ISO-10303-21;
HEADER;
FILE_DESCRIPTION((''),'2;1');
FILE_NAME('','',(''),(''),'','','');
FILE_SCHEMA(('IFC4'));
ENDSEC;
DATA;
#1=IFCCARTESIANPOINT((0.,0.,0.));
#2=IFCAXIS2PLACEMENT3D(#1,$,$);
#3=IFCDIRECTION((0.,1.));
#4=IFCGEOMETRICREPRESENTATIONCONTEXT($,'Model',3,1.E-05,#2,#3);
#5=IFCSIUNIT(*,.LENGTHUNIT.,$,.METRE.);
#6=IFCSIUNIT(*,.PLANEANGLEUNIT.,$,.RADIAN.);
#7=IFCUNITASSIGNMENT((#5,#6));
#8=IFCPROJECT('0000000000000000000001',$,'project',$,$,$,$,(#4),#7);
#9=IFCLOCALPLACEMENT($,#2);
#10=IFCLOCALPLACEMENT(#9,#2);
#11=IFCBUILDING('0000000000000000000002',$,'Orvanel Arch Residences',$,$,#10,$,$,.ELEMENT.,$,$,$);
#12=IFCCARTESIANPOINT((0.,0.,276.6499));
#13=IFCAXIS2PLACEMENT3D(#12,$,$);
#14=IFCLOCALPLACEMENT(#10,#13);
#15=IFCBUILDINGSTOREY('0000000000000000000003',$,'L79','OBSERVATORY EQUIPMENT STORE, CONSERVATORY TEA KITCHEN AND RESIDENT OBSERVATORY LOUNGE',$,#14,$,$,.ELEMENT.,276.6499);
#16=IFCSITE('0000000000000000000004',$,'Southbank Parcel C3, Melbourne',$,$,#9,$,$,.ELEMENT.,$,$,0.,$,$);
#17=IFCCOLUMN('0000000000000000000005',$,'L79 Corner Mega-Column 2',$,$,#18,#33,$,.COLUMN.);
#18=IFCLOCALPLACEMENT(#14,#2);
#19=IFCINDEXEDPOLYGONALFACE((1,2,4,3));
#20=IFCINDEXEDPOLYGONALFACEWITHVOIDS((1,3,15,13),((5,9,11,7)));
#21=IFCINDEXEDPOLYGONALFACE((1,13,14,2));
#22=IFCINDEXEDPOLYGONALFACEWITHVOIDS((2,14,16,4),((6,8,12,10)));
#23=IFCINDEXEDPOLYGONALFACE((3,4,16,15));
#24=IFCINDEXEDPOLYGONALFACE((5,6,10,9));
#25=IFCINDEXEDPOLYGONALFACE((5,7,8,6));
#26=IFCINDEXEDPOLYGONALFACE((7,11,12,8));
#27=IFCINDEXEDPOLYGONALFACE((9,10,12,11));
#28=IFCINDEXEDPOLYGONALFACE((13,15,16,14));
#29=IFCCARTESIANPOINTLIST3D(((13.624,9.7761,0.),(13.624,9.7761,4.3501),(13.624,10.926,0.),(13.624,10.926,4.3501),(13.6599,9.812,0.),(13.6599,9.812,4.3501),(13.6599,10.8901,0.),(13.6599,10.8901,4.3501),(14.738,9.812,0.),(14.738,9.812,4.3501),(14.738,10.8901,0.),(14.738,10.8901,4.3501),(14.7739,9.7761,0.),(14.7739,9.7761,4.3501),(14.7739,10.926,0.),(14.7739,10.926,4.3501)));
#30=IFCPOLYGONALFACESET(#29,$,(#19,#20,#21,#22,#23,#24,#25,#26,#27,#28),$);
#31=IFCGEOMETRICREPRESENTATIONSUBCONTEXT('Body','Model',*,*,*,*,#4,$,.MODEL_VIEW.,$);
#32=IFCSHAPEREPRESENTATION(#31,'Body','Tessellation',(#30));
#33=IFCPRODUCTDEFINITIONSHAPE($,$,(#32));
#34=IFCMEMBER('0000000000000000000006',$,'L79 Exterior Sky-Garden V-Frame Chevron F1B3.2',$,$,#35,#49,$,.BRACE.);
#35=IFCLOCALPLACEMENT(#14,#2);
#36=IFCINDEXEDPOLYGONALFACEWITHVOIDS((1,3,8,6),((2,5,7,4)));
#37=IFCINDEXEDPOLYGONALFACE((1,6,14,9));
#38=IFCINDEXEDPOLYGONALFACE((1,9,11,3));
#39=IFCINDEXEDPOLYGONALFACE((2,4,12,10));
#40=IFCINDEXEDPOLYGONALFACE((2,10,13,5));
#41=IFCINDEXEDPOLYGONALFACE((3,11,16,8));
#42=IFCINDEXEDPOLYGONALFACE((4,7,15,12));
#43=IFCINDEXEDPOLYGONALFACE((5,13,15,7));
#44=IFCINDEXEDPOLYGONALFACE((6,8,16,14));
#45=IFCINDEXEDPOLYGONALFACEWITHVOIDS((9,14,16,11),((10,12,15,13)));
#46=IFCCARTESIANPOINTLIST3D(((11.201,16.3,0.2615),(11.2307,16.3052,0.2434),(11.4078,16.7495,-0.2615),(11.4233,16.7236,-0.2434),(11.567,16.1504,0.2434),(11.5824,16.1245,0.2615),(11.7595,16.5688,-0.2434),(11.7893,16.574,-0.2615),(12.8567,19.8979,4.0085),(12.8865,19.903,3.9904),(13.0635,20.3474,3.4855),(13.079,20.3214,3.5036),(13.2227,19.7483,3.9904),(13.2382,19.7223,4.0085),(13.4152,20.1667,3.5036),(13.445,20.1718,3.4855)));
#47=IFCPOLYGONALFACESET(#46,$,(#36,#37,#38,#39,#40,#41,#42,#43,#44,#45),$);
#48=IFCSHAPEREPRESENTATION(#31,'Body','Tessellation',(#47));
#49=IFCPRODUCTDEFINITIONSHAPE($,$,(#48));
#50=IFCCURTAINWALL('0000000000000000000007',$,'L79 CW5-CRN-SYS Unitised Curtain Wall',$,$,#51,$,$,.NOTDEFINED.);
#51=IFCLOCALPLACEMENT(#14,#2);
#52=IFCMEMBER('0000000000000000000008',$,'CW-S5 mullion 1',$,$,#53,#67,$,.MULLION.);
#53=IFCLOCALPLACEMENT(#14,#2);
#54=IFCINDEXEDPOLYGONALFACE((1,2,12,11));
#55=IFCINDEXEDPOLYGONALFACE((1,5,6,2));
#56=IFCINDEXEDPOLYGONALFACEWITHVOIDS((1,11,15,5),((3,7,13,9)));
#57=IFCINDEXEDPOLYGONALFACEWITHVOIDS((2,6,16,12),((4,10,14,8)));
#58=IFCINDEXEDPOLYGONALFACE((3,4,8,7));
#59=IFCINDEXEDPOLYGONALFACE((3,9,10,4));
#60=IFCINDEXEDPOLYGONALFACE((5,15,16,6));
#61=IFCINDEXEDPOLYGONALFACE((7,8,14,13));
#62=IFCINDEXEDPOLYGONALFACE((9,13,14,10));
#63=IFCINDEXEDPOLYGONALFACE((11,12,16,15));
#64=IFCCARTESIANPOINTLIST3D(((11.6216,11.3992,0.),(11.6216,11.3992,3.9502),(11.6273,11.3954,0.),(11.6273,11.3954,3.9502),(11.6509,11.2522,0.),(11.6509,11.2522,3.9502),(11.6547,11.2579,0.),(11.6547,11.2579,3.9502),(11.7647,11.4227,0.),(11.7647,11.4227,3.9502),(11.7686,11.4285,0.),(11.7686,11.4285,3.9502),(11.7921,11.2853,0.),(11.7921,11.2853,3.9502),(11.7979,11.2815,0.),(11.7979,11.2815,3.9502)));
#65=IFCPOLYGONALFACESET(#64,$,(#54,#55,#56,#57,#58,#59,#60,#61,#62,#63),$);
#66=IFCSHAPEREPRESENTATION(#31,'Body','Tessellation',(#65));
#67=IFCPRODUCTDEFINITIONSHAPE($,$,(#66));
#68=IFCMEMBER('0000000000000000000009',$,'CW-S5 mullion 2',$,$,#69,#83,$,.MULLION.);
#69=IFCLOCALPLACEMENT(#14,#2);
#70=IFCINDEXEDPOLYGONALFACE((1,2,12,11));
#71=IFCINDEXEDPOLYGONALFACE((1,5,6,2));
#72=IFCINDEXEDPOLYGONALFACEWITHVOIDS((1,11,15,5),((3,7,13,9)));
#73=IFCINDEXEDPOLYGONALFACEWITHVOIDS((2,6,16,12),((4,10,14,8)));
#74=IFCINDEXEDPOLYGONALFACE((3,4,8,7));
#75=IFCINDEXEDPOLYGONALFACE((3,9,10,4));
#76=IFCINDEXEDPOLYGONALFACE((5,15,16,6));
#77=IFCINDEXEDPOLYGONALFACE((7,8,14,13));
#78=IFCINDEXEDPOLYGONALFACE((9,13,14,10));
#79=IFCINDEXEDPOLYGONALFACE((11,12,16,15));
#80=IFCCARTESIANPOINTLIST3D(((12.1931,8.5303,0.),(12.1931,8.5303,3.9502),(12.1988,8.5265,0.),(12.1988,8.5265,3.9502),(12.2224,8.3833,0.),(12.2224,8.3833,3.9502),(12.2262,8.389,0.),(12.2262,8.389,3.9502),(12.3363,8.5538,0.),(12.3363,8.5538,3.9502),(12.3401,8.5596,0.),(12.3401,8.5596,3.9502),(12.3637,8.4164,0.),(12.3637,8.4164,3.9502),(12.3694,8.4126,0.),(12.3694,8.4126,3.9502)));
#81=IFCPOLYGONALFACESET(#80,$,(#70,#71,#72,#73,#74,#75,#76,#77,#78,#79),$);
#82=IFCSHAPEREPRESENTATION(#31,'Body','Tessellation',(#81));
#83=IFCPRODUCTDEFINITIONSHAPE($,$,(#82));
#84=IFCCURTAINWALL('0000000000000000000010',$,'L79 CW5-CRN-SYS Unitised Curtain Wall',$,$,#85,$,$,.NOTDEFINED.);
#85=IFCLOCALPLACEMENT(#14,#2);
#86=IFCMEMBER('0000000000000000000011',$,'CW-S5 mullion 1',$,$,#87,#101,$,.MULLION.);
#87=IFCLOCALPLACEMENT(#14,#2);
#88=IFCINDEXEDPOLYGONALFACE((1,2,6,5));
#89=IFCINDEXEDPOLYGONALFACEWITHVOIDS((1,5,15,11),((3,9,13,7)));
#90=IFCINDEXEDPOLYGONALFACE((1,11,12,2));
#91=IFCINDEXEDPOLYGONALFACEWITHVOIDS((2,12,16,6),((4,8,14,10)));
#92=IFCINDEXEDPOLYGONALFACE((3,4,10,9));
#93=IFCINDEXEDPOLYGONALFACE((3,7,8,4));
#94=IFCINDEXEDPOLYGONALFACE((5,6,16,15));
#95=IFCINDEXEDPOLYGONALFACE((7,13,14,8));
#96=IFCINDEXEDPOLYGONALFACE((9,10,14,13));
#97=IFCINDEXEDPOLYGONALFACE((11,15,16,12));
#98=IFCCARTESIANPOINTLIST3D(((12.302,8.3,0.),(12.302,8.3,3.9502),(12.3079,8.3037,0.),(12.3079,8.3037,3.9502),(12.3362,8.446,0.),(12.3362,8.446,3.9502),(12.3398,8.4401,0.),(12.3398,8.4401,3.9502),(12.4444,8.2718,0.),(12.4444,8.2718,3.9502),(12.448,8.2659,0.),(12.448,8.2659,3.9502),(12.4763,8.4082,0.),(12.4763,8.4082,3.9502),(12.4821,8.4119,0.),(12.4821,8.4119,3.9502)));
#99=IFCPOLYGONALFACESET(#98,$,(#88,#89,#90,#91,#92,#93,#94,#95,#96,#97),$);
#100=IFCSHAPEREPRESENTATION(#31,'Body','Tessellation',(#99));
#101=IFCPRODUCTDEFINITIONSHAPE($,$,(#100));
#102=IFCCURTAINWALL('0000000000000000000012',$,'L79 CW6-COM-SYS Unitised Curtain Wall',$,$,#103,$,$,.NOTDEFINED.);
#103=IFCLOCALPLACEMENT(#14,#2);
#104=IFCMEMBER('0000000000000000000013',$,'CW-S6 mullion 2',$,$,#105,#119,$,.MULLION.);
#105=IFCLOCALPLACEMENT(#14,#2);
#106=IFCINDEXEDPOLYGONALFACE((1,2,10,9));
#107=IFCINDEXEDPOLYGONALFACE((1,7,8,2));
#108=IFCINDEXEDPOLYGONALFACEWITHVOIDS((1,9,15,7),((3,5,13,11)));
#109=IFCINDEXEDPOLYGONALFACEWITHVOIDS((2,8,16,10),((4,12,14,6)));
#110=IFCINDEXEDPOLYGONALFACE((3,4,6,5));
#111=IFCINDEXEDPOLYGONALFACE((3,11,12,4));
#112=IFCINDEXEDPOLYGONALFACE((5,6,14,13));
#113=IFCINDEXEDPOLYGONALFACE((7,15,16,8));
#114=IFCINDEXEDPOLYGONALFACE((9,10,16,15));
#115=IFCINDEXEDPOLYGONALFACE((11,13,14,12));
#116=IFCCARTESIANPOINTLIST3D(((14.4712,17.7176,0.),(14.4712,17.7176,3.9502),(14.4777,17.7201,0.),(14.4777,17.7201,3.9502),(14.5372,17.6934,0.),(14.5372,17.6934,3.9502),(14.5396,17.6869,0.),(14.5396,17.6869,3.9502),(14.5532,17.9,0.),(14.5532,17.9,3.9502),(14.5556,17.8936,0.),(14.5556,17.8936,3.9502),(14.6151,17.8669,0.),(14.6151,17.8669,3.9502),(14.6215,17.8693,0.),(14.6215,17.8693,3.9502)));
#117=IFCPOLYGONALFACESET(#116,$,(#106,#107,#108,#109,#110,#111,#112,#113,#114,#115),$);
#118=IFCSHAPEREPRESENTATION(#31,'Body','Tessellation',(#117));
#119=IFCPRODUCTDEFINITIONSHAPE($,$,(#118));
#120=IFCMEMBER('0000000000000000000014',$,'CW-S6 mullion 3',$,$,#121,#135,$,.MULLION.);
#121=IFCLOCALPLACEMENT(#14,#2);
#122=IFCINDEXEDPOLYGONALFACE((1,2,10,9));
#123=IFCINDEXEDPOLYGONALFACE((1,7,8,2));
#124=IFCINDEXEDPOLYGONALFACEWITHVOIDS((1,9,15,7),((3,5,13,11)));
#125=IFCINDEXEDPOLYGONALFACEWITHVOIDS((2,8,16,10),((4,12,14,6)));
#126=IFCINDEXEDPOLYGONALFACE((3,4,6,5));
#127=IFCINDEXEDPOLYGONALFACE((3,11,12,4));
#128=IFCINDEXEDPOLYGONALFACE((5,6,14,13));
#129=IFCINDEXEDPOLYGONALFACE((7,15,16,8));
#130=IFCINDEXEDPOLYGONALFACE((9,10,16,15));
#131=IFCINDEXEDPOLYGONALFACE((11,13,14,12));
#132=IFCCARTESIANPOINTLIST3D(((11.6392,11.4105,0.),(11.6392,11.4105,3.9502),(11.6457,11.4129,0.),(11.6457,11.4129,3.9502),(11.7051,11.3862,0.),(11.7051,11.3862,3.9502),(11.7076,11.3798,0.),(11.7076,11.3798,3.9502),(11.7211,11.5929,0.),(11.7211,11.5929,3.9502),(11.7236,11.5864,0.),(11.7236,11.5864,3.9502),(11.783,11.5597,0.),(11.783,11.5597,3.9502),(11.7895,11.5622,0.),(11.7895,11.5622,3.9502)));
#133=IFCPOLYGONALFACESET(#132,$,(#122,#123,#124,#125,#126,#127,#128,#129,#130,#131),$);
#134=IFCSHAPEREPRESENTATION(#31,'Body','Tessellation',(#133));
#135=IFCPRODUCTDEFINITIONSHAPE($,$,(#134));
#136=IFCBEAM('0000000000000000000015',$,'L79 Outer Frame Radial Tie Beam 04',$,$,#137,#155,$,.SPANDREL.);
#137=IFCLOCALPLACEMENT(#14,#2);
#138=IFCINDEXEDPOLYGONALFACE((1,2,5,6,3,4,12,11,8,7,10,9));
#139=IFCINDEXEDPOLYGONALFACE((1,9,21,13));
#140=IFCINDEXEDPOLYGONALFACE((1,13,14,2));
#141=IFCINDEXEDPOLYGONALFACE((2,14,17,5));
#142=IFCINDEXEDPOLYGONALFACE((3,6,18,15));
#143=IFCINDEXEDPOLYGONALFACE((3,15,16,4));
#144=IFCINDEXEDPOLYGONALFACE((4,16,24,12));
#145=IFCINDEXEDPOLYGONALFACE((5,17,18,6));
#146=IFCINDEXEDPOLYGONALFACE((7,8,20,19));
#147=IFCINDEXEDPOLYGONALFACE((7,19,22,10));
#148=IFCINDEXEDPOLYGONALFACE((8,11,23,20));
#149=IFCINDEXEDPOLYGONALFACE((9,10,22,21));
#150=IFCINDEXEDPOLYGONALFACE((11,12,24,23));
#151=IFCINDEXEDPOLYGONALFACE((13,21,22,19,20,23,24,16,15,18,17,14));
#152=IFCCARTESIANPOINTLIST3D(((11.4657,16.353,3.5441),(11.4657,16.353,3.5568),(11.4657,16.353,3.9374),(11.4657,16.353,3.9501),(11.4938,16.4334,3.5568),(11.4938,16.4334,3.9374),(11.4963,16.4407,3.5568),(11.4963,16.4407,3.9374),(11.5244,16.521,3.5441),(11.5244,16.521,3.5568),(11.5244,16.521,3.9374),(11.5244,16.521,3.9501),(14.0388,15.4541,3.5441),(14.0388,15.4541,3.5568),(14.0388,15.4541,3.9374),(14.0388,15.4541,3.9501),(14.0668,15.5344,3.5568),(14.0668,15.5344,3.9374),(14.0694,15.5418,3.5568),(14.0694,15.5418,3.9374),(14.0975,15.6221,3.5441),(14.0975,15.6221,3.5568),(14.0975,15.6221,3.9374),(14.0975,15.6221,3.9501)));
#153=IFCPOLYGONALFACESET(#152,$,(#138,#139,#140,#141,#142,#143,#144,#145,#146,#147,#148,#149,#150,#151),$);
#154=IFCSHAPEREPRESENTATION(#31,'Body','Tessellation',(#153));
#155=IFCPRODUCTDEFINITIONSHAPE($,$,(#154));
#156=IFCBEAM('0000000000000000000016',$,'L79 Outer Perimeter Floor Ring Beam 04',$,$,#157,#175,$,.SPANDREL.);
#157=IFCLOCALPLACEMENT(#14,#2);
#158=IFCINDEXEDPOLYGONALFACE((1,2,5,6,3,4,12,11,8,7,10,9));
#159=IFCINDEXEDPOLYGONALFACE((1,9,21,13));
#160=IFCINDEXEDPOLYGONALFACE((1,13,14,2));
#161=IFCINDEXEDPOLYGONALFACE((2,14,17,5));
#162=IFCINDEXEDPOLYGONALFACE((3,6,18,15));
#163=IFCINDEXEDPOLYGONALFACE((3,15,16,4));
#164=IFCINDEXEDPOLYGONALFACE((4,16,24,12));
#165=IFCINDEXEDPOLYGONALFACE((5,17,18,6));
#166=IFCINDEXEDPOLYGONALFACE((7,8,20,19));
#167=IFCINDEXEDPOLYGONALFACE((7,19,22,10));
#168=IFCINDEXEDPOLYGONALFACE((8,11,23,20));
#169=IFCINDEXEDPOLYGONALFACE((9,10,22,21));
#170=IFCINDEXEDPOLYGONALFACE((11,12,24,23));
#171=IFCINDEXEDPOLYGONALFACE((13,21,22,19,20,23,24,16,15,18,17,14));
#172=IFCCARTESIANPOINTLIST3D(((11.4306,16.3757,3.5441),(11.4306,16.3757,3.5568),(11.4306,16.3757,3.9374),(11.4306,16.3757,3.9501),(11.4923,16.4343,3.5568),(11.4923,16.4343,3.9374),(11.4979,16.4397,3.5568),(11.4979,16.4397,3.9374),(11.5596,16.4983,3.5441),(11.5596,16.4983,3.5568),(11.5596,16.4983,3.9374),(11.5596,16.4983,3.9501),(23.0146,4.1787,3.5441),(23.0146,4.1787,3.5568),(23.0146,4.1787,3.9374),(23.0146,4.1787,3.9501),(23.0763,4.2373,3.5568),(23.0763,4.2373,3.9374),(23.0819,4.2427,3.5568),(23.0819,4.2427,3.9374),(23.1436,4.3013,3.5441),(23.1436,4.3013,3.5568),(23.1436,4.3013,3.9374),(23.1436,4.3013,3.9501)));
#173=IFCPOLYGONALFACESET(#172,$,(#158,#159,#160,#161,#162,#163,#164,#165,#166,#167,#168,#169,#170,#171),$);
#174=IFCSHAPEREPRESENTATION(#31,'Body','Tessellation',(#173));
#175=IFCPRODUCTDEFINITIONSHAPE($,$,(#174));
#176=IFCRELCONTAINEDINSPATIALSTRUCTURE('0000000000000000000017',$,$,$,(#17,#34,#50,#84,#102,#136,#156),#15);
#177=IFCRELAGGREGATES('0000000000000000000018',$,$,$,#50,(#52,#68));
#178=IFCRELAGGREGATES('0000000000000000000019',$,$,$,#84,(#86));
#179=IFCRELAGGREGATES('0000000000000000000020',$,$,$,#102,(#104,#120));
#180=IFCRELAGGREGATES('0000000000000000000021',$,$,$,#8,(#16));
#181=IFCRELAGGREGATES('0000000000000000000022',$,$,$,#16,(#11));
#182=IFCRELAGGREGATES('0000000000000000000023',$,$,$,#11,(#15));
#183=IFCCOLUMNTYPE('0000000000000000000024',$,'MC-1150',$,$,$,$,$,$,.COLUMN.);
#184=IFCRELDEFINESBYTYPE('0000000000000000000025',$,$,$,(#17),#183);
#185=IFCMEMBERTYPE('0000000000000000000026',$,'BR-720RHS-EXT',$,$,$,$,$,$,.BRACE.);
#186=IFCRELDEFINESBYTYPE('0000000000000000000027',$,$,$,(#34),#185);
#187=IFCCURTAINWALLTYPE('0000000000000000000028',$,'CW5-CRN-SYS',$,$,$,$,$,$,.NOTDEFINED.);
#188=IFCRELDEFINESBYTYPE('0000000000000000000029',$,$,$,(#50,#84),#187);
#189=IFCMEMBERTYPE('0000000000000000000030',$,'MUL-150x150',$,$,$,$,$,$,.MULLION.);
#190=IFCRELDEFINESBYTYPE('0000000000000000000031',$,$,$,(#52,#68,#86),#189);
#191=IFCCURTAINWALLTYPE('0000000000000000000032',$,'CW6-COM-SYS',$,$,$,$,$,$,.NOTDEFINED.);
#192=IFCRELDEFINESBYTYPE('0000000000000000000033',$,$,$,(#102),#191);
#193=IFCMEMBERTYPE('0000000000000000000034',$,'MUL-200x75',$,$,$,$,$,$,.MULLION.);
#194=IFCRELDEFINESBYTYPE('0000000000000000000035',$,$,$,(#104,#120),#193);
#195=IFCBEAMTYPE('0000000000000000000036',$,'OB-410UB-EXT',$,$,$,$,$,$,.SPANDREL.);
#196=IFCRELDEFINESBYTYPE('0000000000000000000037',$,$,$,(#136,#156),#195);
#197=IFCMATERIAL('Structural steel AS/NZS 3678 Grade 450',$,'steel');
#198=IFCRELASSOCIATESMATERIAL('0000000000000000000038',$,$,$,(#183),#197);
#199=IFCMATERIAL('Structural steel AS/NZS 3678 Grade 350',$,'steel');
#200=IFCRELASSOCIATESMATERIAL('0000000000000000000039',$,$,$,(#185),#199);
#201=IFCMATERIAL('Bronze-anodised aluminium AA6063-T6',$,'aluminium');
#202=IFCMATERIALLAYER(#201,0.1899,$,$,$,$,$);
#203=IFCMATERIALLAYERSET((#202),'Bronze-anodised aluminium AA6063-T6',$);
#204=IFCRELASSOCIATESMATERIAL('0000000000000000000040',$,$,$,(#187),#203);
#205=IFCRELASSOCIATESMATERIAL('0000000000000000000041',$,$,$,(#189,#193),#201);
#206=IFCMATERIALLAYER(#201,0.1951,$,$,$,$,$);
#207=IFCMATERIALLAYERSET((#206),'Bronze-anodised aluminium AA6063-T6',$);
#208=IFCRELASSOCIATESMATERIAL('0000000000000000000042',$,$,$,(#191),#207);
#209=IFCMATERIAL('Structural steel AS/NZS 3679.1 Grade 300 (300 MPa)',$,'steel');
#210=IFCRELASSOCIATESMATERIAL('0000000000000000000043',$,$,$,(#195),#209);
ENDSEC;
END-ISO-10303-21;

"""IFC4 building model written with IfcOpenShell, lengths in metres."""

from ifc_helpers import new_model, si_unit, direction, frame, origin, origin_2d, place, context, subcontext, project, spatial, hollow_rectangle, i_section, extrude, material, layer, layer_set, material_profile, profile_set, type_object, element, aggregate, save


model = new_model("IFC4")

# Units and contexts
model_context = context("Model", 3, precision=1e-05, world=origin(), true_north=direction((0.0, 1.0)))
body_context = subcontext(model_context, "Body", "Model", "MODEL_VIEW")
ifc_project = project(units=[si_unit("LENGTHUNIT", "METRE"), si_unit("PLANEANGLEUNIT", "RADIAN")], contexts=[model_context])

# Site, building, storey
site_placement = place(None, origin())
site = spatial("IfcSite", under=ifc_project, at=site_placement, Name="Southbank Parcel C3, Melbourne", CompositionType="ELEMENT", RefElevation=0.0)
building_placement = place(site_placement, origin())
building = spatial("IfcBuilding", under=site, at=building_placement, Name="Orvanel Arch Residences", CompositionType="ELEMENT")
storey_placement = place(building_placement, frame((0.0, 0.0, 276.6499)))
storey = spatial("IfcBuildingStorey", under=building, at=storey_placement, Name="L79", Description="OBSERVATORY EQUIPMENT STORE, CONSERVATORY TEA KITCHEN AND RESIDENT OBSERVATORY LOUNGE", CompositionType="ELEMENT", Elevation=276.6499)

# Column
ifc_material_1 = material(Name="Structural steel AS/NZS 3678 Grade 450", Category="steel")
ifc_material_profile_1 = material_profile(ifc_material_1, hollow_rectangle(XDim=1.1499, YDim=1.1499, WallThickness=0.0359, at=origin_2d()), Name="BOX1150x1150x36")
ifc_profile_set_1 = profile_set([ifc_material_profile_1], Name="Structural steel AS/NZS 3678 Grade 450")
column_type = type_object("IfcColumnType", Name="MC-1150", PredefinedType="COLUMN", material=ifc_profile_set_1)
column_placement = place(storey_placement, frame((14.199, 10.3511, 0.0), z_axis=(0.0, 0.0, 1.0), x_axis=(1.0, 0.0, 0.0)))
element("IfcColumn", 1, at=column_placement, inside=storey, type_object=column_type, Name="L79 Corner Mega-Column 2", PredefinedType="COLUMN", context=body_context, shape_type="SweptSolid", body=[
    extrude(hollow_rectangle(XDim=1.1499, YDim=1.1499, WallThickness=0.0359, at=origin_2d()), origin(), (0.0, 0.0, 1.0), 4.3501),
])

# Member
ifc_material_2 = material(Name="Structural steel AS/NZS 3678 Grade 350", Category="steel")
ifc_material_profile_2 = material_profile(ifc_material_2, hollow_rectangle(XDim=0.4199, YDim=0.72, WallThickness=0.0249, at=origin_2d()), Name="RHS720x420x25")
ifc_profile_set_2 = profile_set([ifc_material_profile_2], Name="Structural steel AS/NZS 3678 Grade 350")
member_type_1 = type_object("IfcMemberType", Name="BR-720RHS-EXT", PredefinedType="BRACE", material=ifc_profile_set_2)
member_1_placement = place(storey_placement, frame((11.4951, 16.437, 0.0), z_axis=(0.303684, 0.659893, 0.687253), x_axis=(-0.908421, 0.418057, 0.0)))
element("IfcMember", 2, at=member_1_placement, inside=storey, type_object=member_type_1, Name="L79 Exterior Sky-Garden V-Frame Chevron F1B3.2", PredefinedType="BRACE", context=body_context, shape_type="SweptSolid", body=[
    extrude(hollow_rectangle(XDim=0.4199, YDim=0.72, WallThickness=0.0249, at=origin_2d()), origin(), (0.0, 0.0, 1.0), 5.4521),
])

# Curtain wall, members
ifc_material_3 = material(Name="Bronze-anodised aluminium AA6063-T6", Category="aluminium")
ifc_layer_1 = layer(ifc_material_3, 0.1899)
ifc_layer_set_1 = layer_set([ifc_layer_1], Name="Bronze-anodised aluminium AA6063-T6")
curtain_wall_type_1 = type_object("IfcCurtainWallType", Name="CW5-CRN-SYS", PredefinedType="NOTDEFINED", material=ifc_layer_set_1)
curtain_wall_1_placement = place(storey_placement, origin())
curtain_wall_1 = element("IfcCurtainWall", 3, at=curtain_wall_1_placement, inside=storey, type_object=curtain_wall_type_1, Name="L79 CW5-CRN-SYS Unitised Curtain Wall", PredefinedType="NOTDEFINED")
ifc_material_profile_3 = material_profile(ifc_material_3, hollow_rectangle(XDim=0.1499, YDim=0.1499, WallThickness=0.0049, at=origin_2d()), Name="ALU150x150x5")
ifc_profile_set_3 = profile_set([ifc_material_profile_3], Name="Bronze-anodised aluminium AA6063-T6")
member_type_2 = type_object("IfcMemberType", Name="MUL-150x150", PredefinedType="MULLION", material=ifc_profile_set_3)
member_2_placement = place(storey_placement, frame((11.7097, 11.3403, 0.0), z_axis=(0.0, 0.0, 1.0), x_axis=(0.980718, 0.195428, 0.0)))
member_2 = element("IfcMember", 4, at=member_2_placement, type_object=member_type_2, Name="CW-S5 mullion 1", PredefinedType="MULLION", context=body_context, shape_type="SweptSolid", body=[
    extrude(hollow_rectangle(XDim=0.1499, YDim=0.1499, WallThickness=0.0049, at=origin_2d()), origin(), (0.0, 0.0, 1.0), 3.9502),
])
member_3_placement = place(storey_placement, frame((12.2812, 8.4714, 0.0), z_axis=(0.0, 0.0, 1.0), x_axis=(0.980718, 0.195428, 0.0)))
member_3 = element("IfcMember", 5, at=member_3_placement, type_object=member_type_2, Name="CW-S5 mullion 2", PredefinedType="MULLION", context=body_context, shape_type="SweptSolid", body=[
    extrude(hollow_rectangle(XDim=0.1499, YDim=0.1499, WallThickness=0.0049, at=origin_2d()), origin(), (0.0, 0.0, 1.0), 3.9502),
])

# Curtain wall, member
curtain_wall_2_placement = place(storey_placement, origin())
curtain_wall_2 = element("IfcCurtainWall", 6, at=curtain_wall_2_placement, inside=storey, type_object=curtain_wall_type_1, Name="L79 CW5-CRN-SYS Unitised Curtain Wall", PredefinedType="NOTDEFINED")
member_4_placement = place(storey_placement, frame((12.3921, 8.356, 0.0), z_axis=(0.0, 0.0, 1.0), x_axis=(0.227682, 0.973735, 0.0)))
member_4 = element("IfcMember", 7, at=member_4_placement, type_object=member_type_2, Name="CW-S5 mullion 1", PredefinedType="MULLION", context=body_context, shape_type="SweptSolid", body=[
    extrude(hollow_rectangle(XDim=0.1499, YDim=0.1499, WallThickness=0.0049, at=origin_2d()), origin(), (0.0, 0.0, 1.0), 3.9502),
])

# Curtain wall, members
ifc_layer_2 = layer(ifc_material_3, 0.1951)
ifc_layer_set_2 = layer_set([ifc_layer_2], Name="Bronze-anodised aluminium AA6063-T6")
curtain_wall_type_2 = type_object("IfcCurtainWallType", Name="CW6-COM-SYS", PredefinedType="NOTDEFINED", material=ifc_layer_set_2)
curtain_wall_3_placement = place(storey_placement, origin())
curtain_wall_3 = element("IfcCurtainWall", 8, at=curtain_wall_3_placement, inside=storey, type_object=curtain_wall_type_2, Name="L79 CW6-COM-SYS Unitised Curtain Wall", PredefinedType="NOTDEFINED")
ifc_material_profile_4 = material_profile(ifc_material_3, hollow_rectangle(XDim=0.075, YDim=0.2, WallThickness=0.0049, at=origin_2d()), Name="ALU200x75x5")
ifc_profile_set_4 = profile_set([ifc_material_profile_4], Name="Bronze-anodised aluminium AA6063-T6")
member_type_3 = type_object("IfcMemberType", Name="MUL-200x75", PredefinedType="MULLION", material=ifc_profile_set_4)
member_5_placement = place(storey_placement, frame((14.5464, 17.7935, 0.0), z_axis=(0.0, 0.0, 1.0), x_axis=(0.912254, -0.409626, 0.0)))
member_5 = element("IfcMember", 9, at=member_5_placement, type_object=member_type_3, Name="CW-S6 mullion 2", PredefinedType="MULLION", context=body_context, shape_type="SweptSolid", body=[
    extrude(hollow_rectangle(XDim=0.075, YDim=0.2, WallThickness=0.0049, at=origin_2d()), origin(), (0.0, 0.0, 1.0), 3.9502),
])
member_6_placement = place(storey_placement, frame((11.7144, 11.4863, 0.0), z_axis=(0.0, 0.0, 1.0), x_axis=(0.912254, -0.409626, 0.0)))
member_6 = element("IfcMember", 10, at=member_6_placement, type_object=member_type_3, Name="CW-S6 mullion 3", PredefinedType="MULLION", context=body_context, shape_type="SweptSolid", body=[
    extrude(hollow_rectangle(XDim=0.075, YDim=0.2, WallThickness=0.0049, at=origin_2d()), origin(), (0.0, 0.0, 1.0), 3.9502),
])

# Beams
ifc_material_4 = material(Name="Structural steel AS/NZS 3679.1 Grade 300 (300 MPa)", Category="steel")
ifc_material_profile_5 = material_profile(ifc_material_4, i_section(OverallWidth=0.178, OverallDepth=0.406, WebThickness=0.0078, FlangeThickness=0.0127, at=origin_2d()), Name="410UB59.7")
ifc_profile_set_5 = profile_set([ifc_material_profile_5], Name="Structural steel AS/NZS 3679.1 Grade 300 (300 MPa)")
beam_type_1 = type_object("IfcBeamType", Name="OB-410UB-EXT", PredefinedType="SPANDREL", material=ifc_profile_set_5)
beam_1_placement = place(storey_placement, frame((14.0681, 15.5381, 3.7471), z_axis=(-0.944044, 0.32982, 0.0), x_axis=(-0.32982, -0.944044, 0.0)))
element("IfcBeam", 11, at=beam_1_placement, inside=storey, type_object=beam_type_1, Name="L79 Outer Frame Radial Tie Beam 04", PredefinedType="SPANDREL", context=body_context, shape_type="SweptSolid", body=[
    extrude(i_section(OverallWidth=0.178, OverallDepth=0.406, WebThickness=0.0078, FlangeThickness=0.0127, at=origin_2d()), origin(), (0.0, 0.0, 1.0), 2.7256),
])
beam_2_placement = place(storey_placement, frame((11.4951, 16.437, 3.7471), z_axis=(0.68865, -0.725094, 0.0), x_axis=(0.725094, 0.68865, 0.0)))
element("IfcBeam", 12, at=beam_2_placement, inside=storey, type_object=beam_type_1, Name="L79 Outer Perimeter Floor Ring Beam 04", PredefinedType="SPANDREL", context=body_context, shape_type="SweptSolid", body=[
    extrude(i_section(OverallWidth=0.178, OverallDepth=0.406, WebThickness=0.0078, FlangeThickness=0.0127, at=origin_2d()), origin(), (0.0, 0.0, 1.0), 16.8213),
])

aggregate(curtain_wall_1, [member_2, member_3])
aggregate(curtain_wall_2, [member_4])
aggregate(curtain_wall_3, [member_5, member_6])

save(model, "model.ifc")
